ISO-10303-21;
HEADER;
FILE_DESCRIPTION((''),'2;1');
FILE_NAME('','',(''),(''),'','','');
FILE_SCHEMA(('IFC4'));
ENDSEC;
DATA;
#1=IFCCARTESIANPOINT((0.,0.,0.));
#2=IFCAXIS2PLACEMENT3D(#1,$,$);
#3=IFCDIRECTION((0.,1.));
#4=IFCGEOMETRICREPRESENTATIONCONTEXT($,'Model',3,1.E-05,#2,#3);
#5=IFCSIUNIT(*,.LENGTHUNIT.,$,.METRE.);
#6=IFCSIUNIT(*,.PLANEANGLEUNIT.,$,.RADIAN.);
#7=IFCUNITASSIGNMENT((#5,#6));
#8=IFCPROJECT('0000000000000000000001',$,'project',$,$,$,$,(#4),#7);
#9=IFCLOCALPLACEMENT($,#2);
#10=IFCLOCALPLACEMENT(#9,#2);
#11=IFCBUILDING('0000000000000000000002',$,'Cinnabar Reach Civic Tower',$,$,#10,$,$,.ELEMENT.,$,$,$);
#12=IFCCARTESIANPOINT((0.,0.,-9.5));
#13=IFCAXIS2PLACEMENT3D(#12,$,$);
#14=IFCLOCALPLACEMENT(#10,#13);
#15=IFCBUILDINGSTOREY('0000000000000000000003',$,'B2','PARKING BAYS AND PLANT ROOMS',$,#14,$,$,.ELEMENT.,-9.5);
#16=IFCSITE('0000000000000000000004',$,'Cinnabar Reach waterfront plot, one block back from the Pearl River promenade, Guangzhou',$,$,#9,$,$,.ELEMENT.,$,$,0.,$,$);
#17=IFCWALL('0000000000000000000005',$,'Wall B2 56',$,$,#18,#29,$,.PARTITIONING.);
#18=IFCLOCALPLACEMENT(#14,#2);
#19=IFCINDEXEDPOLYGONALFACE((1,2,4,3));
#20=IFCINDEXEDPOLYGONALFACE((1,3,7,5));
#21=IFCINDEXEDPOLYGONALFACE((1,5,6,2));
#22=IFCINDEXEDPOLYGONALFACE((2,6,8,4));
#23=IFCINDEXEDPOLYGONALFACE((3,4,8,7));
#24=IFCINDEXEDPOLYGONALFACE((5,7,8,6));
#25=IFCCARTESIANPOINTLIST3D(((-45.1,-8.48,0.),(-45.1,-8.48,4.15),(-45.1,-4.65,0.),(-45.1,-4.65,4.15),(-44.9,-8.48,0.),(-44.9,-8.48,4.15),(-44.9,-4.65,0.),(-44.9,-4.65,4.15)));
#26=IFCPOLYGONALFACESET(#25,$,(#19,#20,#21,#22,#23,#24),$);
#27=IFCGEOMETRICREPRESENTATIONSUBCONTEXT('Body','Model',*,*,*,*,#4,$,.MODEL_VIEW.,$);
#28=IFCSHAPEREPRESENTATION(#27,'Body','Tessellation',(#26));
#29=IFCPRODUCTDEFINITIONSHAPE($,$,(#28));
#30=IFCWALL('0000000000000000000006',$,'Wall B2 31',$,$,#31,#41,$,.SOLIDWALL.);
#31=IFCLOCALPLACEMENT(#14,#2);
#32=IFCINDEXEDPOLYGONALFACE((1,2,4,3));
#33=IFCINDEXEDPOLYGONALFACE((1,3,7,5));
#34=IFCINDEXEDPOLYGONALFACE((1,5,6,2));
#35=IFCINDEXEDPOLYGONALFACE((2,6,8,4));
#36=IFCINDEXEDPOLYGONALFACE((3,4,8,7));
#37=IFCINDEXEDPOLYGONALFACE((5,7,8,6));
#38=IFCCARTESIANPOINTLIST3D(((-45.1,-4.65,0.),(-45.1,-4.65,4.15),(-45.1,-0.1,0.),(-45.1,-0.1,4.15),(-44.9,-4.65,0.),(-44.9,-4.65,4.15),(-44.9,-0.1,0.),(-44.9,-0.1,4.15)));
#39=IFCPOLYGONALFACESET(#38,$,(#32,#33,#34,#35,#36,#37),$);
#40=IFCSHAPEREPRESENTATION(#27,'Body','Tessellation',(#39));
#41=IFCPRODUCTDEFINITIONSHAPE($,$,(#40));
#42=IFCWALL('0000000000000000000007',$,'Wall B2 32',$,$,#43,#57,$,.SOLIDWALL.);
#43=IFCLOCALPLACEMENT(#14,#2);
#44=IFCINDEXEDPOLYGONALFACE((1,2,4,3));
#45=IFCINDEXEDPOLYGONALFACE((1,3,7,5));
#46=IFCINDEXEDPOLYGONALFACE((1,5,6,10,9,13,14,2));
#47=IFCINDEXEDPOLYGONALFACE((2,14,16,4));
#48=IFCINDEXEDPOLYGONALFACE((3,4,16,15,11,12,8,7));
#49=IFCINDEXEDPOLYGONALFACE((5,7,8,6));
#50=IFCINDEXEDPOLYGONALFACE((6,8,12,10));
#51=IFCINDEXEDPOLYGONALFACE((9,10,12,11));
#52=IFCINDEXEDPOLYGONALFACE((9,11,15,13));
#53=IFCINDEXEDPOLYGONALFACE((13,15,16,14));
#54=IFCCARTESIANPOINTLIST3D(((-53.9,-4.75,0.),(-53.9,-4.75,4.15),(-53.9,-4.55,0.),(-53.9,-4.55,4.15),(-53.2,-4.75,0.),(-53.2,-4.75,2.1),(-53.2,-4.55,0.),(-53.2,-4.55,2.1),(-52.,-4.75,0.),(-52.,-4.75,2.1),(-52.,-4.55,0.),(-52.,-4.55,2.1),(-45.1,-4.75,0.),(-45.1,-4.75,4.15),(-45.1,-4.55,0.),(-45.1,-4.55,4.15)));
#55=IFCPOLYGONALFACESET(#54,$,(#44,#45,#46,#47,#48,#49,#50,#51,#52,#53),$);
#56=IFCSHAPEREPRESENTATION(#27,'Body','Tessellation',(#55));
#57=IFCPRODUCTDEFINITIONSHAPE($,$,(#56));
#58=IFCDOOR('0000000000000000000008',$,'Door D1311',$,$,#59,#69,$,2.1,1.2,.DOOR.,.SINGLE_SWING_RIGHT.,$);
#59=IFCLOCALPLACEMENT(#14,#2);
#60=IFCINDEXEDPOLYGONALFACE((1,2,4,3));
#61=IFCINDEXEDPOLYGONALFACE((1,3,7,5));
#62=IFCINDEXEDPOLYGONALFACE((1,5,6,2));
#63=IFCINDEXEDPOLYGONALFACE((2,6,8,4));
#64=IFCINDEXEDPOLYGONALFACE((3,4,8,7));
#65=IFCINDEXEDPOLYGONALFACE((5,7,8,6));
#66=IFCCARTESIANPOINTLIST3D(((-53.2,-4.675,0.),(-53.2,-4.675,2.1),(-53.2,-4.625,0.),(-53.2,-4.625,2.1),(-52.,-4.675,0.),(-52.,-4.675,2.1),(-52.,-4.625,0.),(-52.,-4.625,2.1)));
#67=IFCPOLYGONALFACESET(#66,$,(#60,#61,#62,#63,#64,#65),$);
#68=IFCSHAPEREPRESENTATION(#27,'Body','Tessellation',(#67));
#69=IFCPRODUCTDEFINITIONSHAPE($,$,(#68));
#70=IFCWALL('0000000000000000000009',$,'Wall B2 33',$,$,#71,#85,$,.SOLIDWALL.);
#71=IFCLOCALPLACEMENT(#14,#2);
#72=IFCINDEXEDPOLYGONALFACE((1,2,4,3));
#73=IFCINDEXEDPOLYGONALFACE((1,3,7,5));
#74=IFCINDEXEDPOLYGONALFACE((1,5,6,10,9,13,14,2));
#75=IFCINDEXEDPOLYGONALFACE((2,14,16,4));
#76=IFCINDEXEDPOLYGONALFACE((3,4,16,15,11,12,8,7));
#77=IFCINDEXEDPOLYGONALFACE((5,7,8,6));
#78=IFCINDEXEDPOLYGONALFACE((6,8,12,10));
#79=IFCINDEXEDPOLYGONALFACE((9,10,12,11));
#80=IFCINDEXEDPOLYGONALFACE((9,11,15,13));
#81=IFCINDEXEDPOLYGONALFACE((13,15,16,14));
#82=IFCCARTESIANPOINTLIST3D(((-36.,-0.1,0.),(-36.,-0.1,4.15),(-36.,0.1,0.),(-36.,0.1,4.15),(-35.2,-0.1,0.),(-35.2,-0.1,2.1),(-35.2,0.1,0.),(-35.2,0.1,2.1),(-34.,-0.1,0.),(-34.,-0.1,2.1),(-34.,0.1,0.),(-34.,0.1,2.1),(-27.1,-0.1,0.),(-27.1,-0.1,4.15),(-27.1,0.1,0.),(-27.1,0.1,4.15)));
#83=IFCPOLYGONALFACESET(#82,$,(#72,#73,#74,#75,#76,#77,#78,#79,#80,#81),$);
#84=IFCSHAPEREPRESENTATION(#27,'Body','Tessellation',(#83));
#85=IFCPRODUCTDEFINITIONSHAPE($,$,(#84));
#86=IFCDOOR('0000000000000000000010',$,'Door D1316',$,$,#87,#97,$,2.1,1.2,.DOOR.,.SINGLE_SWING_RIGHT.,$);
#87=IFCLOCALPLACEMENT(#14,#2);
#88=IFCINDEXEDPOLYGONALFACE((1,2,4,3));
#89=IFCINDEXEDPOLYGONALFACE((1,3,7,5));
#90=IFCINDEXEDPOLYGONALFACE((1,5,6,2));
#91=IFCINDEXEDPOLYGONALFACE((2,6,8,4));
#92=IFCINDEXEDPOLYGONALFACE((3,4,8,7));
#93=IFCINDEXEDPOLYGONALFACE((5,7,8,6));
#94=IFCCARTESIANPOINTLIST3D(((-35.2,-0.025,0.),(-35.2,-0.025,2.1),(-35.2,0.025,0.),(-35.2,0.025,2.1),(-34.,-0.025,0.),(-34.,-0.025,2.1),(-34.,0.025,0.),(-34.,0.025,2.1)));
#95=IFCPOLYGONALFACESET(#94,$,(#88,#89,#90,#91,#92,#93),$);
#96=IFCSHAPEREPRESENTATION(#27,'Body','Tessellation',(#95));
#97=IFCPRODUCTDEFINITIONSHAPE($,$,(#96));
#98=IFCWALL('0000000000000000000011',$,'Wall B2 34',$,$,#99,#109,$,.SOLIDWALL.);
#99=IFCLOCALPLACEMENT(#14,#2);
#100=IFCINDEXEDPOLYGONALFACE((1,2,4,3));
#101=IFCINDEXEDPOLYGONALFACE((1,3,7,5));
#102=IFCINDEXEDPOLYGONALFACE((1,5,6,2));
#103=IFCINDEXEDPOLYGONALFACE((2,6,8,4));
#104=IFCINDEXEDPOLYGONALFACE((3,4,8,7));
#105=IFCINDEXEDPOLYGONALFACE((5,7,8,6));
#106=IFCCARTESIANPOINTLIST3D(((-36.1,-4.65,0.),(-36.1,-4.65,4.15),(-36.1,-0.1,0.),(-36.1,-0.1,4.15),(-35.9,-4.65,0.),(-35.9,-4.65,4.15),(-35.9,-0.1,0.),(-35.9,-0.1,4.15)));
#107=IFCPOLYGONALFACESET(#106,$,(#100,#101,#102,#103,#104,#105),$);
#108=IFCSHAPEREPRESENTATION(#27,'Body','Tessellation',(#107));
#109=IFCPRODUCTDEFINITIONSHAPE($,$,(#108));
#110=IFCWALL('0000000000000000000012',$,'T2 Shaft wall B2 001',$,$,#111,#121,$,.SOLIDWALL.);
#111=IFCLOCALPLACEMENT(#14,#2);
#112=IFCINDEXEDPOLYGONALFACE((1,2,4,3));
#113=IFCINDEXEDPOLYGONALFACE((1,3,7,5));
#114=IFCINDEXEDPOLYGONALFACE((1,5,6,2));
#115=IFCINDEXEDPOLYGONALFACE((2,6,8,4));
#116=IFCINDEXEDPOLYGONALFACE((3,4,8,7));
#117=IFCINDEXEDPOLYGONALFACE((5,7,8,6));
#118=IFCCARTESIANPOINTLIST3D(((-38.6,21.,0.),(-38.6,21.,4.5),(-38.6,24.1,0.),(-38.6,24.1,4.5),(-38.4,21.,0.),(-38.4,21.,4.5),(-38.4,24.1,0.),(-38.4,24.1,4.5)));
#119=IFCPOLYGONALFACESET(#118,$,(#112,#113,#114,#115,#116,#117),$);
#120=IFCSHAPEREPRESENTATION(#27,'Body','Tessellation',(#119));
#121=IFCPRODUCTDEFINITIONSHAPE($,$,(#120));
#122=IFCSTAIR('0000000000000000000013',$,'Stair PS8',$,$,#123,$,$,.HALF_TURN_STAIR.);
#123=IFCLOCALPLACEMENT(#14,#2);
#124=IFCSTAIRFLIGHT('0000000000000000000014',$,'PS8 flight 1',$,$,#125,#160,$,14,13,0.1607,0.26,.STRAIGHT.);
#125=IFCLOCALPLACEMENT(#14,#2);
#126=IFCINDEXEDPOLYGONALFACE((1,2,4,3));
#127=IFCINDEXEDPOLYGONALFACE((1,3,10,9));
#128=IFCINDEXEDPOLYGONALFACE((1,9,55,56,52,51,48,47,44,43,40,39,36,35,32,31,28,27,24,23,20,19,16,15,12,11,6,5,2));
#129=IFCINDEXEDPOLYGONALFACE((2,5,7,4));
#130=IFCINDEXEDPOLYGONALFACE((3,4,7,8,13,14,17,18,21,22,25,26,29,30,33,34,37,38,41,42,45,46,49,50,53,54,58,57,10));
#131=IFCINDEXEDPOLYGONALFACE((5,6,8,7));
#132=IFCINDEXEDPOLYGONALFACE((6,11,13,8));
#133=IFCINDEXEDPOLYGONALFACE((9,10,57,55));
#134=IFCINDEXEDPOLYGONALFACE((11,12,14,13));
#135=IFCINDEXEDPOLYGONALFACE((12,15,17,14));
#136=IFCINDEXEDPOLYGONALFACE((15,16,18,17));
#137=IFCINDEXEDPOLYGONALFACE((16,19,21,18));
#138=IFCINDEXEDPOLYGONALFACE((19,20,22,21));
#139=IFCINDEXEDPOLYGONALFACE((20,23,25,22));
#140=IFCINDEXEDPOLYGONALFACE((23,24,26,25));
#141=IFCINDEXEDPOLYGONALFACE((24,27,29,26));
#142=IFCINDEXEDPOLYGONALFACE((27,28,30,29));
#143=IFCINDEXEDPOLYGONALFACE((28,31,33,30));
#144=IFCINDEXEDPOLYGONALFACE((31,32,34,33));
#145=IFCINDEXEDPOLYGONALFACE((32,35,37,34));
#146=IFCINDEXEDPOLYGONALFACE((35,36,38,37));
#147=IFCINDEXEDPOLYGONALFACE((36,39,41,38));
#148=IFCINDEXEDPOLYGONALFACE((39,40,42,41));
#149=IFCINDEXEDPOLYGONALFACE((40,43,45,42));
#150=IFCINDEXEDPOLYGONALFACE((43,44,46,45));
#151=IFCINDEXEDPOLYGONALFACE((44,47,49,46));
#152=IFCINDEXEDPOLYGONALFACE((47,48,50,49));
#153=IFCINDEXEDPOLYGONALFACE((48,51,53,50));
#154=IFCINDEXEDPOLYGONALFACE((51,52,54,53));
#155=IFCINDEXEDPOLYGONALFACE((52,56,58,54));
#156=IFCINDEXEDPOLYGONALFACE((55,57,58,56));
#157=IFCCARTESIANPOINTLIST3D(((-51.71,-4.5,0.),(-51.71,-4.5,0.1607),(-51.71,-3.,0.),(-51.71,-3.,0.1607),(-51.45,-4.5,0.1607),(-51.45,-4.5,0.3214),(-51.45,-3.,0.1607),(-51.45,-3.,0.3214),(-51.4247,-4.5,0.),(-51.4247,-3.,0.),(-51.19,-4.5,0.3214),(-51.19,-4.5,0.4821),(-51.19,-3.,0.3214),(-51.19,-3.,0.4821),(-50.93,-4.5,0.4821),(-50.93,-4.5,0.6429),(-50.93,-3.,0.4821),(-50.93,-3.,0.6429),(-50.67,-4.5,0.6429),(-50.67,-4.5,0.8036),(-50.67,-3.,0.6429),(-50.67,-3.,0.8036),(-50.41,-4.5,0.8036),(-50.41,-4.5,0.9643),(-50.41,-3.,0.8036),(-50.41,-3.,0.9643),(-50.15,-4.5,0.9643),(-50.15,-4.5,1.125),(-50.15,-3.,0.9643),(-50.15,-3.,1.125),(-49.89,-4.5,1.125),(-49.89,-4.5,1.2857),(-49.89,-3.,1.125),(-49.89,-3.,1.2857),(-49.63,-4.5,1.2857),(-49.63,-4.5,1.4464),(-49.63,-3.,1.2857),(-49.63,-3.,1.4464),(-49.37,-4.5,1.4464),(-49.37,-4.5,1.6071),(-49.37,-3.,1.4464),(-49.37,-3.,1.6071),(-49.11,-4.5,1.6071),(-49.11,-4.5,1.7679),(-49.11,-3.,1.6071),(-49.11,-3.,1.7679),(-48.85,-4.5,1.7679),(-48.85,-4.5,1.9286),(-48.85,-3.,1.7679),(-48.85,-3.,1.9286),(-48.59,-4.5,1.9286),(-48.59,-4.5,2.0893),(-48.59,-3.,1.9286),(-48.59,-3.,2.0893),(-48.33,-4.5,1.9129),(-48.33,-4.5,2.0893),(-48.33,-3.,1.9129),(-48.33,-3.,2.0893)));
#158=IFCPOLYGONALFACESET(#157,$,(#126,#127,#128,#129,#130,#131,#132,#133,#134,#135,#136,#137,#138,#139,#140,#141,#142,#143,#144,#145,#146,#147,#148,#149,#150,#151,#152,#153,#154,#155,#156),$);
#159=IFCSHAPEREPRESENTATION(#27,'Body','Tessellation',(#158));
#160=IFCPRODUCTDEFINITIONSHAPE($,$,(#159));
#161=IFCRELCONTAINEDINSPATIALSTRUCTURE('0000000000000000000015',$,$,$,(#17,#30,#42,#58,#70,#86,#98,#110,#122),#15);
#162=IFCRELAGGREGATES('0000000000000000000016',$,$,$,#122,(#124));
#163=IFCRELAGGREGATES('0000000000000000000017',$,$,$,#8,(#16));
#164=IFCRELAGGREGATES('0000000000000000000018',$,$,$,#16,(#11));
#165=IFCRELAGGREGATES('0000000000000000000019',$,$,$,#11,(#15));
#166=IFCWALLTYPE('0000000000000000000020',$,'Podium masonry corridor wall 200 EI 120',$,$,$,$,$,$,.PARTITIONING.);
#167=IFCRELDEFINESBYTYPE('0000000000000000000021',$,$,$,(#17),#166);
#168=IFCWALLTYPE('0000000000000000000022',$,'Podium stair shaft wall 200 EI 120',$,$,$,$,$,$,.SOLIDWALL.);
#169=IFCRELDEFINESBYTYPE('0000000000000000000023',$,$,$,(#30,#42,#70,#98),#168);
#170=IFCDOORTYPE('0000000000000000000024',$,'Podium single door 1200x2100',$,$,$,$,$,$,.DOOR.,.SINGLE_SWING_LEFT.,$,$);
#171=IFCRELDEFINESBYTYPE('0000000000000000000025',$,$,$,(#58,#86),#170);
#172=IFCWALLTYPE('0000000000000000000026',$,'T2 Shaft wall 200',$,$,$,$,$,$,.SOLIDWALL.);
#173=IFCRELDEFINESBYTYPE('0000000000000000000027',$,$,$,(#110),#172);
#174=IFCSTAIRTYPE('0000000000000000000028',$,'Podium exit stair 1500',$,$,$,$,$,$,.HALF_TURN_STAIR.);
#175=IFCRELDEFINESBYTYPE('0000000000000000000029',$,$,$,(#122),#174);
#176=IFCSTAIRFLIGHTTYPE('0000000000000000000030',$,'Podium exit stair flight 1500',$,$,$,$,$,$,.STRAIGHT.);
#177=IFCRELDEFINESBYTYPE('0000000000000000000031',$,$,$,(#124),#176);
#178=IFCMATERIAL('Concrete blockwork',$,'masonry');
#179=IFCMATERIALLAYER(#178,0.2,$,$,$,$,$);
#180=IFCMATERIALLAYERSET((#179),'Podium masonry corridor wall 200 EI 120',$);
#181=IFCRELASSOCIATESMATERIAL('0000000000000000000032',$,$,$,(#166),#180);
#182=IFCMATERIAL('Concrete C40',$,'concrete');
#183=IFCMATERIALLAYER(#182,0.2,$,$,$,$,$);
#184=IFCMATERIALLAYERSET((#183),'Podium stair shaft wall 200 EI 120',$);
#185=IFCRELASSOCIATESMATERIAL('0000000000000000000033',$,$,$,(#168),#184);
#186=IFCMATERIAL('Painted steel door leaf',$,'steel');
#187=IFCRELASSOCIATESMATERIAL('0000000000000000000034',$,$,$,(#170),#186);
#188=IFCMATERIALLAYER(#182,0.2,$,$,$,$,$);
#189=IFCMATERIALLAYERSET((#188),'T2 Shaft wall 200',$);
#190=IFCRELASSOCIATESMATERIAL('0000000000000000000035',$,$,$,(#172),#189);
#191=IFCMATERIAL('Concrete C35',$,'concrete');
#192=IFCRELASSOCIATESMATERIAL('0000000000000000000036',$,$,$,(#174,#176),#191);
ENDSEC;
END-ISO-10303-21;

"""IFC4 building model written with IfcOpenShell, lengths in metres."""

from ifc_helpers import new_model, si_unit, direction, frame, frame_2d, origin, place, context, subcontext, project, spatial, polyline, rectangle, outline, extrude, material, layer, layer_set, type_object, element, fill, aggregate, save


model = new_model("IFC4")

# Units and contexts
model_context = context("Model", 3, precision=1e-05, world=origin(), true_north=direction((0.0, 1.0)))
body_context = subcontext(model_context, "Body", "Model", "MODEL_VIEW")
ifc_project = project(units=[si_unit("LENGTHUNIT", "METRE"), si_unit("PLANEANGLEUNIT", "RADIAN")], contexts=[model_context])

# Site, building, storey
site_placement = place(None, origin())
site = spatial("IfcSite", under=ifc_project, at=site_placement, Name="Cinnabar Reach waterfront plot, one block back from the Pearl River promenade, Guangzhou", CompositionType="ELEMENT", RefElevation=0.0)
building_placement = place(site_placement, origin())
building = spatial("IfcBuilding", under=site, at=building_placement, Name="Cinnabar Reach Civic Tower", CompositionType="ELEMENT")
storey_placement = place(building_placement, frame((0.0, 0.0, -9.5)))
storey = spatial("IfcBuildingStorey", under=building, at=storey_placement, Name="B2", Description="PARKING BAYS AND PLANT ROOMS", CompositionType="ELEMENT", Elevation=-9.5)

# Shared definitions
ifc_material_1 = material(Name="Concrete blockwork", Category="masonry")
ifc_layer_1 = layer(ifc_material_1, 0.2)
ifc_layer_set_1 = layer_set([ifc_layer_1], Name="Podium masonry corridor wall 200 EI 120")
wall_type_1 = type_object("IfcWallType", Name="Podium masonry corridor wall 200 EI 120", PredefinedType="PARTITIONING", material=ifc_layer_set_1)
ifc_material_2 = material(Name="Painted steel door leaf", Category="steel")

# Walls
wall_1_placement = place(storey_placement, frame((-45.0, -8.48, 0.0), z_axis=(0.0, 0.0, 1.0), x_axis=(0.0, 1.0, 0.0)))
element("IfcWall", 1, at=wall_1_placement, inside=storey, type_object=wall_type_1, Name="Wall B2 56", PredefinedType="PARTITIONING", context=body_context, shape_type="SweptSolid", body=[
    extrude(rectangle(XDim=3.83, YDim=0.2, at=frame_2d((1.915, 0.0))), origin(), (0.0, 0.0, 1.0), 4.15),
])
ifc_material_3 = material(Name="Concrete C40", Category="concrete")
ifc_layer_2 = layer(ifc_material_3, 0.2)
ifc_layer_set_2 = layer_set([ifc_layer_2], Name="Podium stair shaft wall 200 EI 120")
wall_type_2 = type_object("IfcWallType", Name="Podium stair shaft wall 200 EI 120", PredefinedType="SOLIDWALL", material=ifc_layer_set_2)
wall_2_placement = place(storey_placement, frame((-45.0, -4.65, 0.0), z_axis=(0.0, 0.0, 1.0), x_axis=(0.0, 1.0, 0.0)))
element("IfcWall", 2, at=wall_2_placement, inside=storey, type_object=wall_type_2, Name="Wall B2 31", PredefinedType="SOLIDWALL", context=body_context, shape_type="SweptSolid", body=[
    extrude(rectangle(XDim=4.55, YDim=0.2, at=frame_2d((2.275, 0.0))), origin(), (0.0, 0.0, 1.0), 4.15),
])

# Walls, openings, doors
wall_3_placement = place(storey_placement, frame((-53.9, -4.65, 0.0), z_axis=(0.0, 0.0, 1.0), x_axis=(1.0, 0.0, 0.0)))
wall_3 = element("IfcWall", 3, at=wall_3_placement, inside=storey, type_object=wall_type_2, Name="Wall B2 32", PredefinedType="SOLIDWALL", context=body_context, shape_type="SweptSolid", body=[
    extrude(rectangle(XDim=8.8, YDim=0.2, at=frame_2d((4.4, 0.0))), origin(), (0.0, 0.0, 1.0), 4.15),
])
opening_1_placement = place(wall_3_placement, frame((0.7, 0.0, 0.0)))
opening_1 = element("IfcOpeningElement", 4, at=opening_1_placement, cuts=wall_3, PredefinedType="OPENING", context=body_context, shape_type="SweptSolid", body=[
    extrude(rectangle(XDim=1.2, YDim=2.1, at=frame_2d((0.6, 1.05))), frame((0.0, 0.11, 0.0), z_axis=(0.0, -1.0, 0.0), x_axis=(1.0, 0.0, 0.0)), (0.0, 0.0, 1.0), 0.22),
])
door_type_1 = type_object("IfcDoorType", Name="Podium single door 1200x2100", OperationType="SINGLE_SWING_LEFT", PredefinedType="DOOR", material=ifc_material_2)
door_1_placement = place(opening_1_placement, origin())
door_1 = element("IfcDoor", 5, at=door_1_placement, inside=storey, type_object=door_type_1, Name="Door D1311", OperationType="SINGLE_SWING_RIGHT", OverallHeight=2.1, OverallWidth=1.2, PredefinedType="DOOR", context=body_context, shape_type="SweptSolid", body=[
    extrude(rectangle(XDim=1.2, YDim=2.1, at=frame_2d((0.6, 1.05))), frame((0.0, 0.025, 0.0), z_axis=(0.0, -1.0, 0.0), x_axis=(1.0, 0.0, 0.0)), (0.0, 0.0, 1.0), 0.05),
])
fill(opening_1, door_1)
wall_4_placement = place(storey_placement, frame((-36.0, 0.0, 0.0), z_axis=(0.0, 0.0, 1.0), x_axis=(1.0, 0.0, 0.0)))
wall_4 = element("IfcWall", 6, at=wall_4_placement, inside=storey, type_object=wall_type_2, Name="Wall B2 33", PredefinedType="SOLIDWALL", context=body_context, shape_type="SweptSolid", body=[
    extrude(rectangle(XDim=8.9, YDim=0.2, at=frame_2d((4.45, 0.0))), origin(), (0.0, 0.0, 1.0), 4.15),
])
opening_2_placement = place(wall_4_placement, frame((0.8, 0.0, 0.0)))
opening_2 = element("IfcOpeningElement", 7, at=opening_2_placement, cuts=wall_4, PredefinedType="OPENING", context=body_context, shape_type="SweptSolid", body=[
    extrude(rectangle(XDim=1.2, YDim=2.1, at=frame_2d((0.6, 1.05))), frame((0.0, 0.11, 0.0), z_axis=(0.0, -1.0, 0.0), x_axis=(1.0, 0.0, 0.0)), (0.0, 0.0, 1.0), 0.22),
])
door_2_placement = place(opening_2_placement, frame((1.2, 0.0, 0.0), z_axis=(0.0, 0.0, 1.0), x_axis=(-1.0, 0.0, 0.0)))
door_2 = element("IfcDoor", 8, at=door_2_placement, inside=storey, type_object=door_type_1, Name="Door D1316", OperationType="SINGLE_SWING_RIGHT", OverallHeight=2.1, OverallWidth=1.2, PredefinedType="DOOR", context=body_context, shape_type="SweptSolid", body=[
    extrude(rectangle(XDim=1.2, YDim=2.1, at=frame_2d((0.6, 1.05))), frame((0.0, 0.025, 0.0), z_axis=(0.0, -1.0, 0.0), x_axis=(1.0, 0.0, 0.0)), (0.0, 0.0, 1.0), 0.05),
])
fill(opening_2, door_2)

# Walls
wall_5_placement = place(storey_placement, frame((-36.0, -4.65, 0.0), z_axis=(0.0, 0.0, 1.0), x_axis=(0.0, 1.0, 0.0)))
element("IfcWall", 9, at=wall_5_placement, inside=storey, type_object=wall_type_2, Name="Wall B2 34", PredefinedType="SOLIDWALL", context=body_context, shape_type="SweptSolid", body=[
    extrude(rectangle(XDim=4.55, YDim=0.2, at=frame_2d((2.275, 0.0))), origin(), (0.0, 0.0, 1.0), 4.15),
])
ifc_layer_3 = layer(ifc_material_3, 0.2)
ifc_layer_set_3 = layer_set([ifc_layer_3], Name="T2 Shaft wall 200")
wall_type_3 = type_object("IfcWallType", Name="T2 Shaft wall 200", PredefinedType="SOLIDWALL", material=ifc_layer_set_3)
wall_6_placement = place(storey_placement, frame((-38.5, 21.0, 0.0), z_axis=(0.0, 0.0, 1.0), x_axis=(0.0, 1.0, 0.0)))
element("IfcWall", 10, at=wall_6_placement, inside=storey, type_object=wall_type_3, Name="T2 Shaft wall B2 001", PredefinedType="SOLIDWALL", context=body_context, shape_type="SweptSolid", body=[
    extrude(rectangle(XDim=3.1, YDim=0.2, at=frame_2d((1.55, 0.0))), origin(), (0.0, 0.0, 1.0), 4.5),
])

# Stair, stair flight
ifc_material_4 = material(Name="Concrete C35", Category="concrete")
stair_type = type_object("IfcStairType", Name="Podium exit stair 1500", PredefinedType="HALF_TURN_STAIR", material=ifc_material_4)
stair_placement = place(storey_placement, origin())
stair = element("IfcStair", 11, at=stair_placement, inside=storey, type_object=stair_type, Name="Stair PS8", PredefinedType="HALF_TURN_STAIR")
stair_flight_type = type_object("IfcStairFlightType", Name="Podium exit stair flight 1500", PredefinedType="STRAIGHT", material=ifc_material_4)
stair_flight_1_placement = place(storey_placement, frame((-51.71, -3.75, 0.0), z_axis=(0.0, 0.0, 1.0), x_axis=(1.0, 0.0, 0.0)))
stair_flight_1 = element("IfcStairFlight", 12, at=stair_flight_1_placement, type_object=stair_flight_type, Name="PS8 flight 1", NumberOfRisers=14, NumberOfTreads=13, PredefinedType="STRAIGHT", RiserHeight=0.1607, TreadLength=0.26, context=body_context, shape_type="SweptSolid", body=[
    extrude(outline(polyline([(0.0, 0.0), (0.0, 0.1607), (0.26, 0.1607), (0.26, 0.3214), (0.52, 0.3214), (0.52, 0.4821), (0.78, 0.4821), (0.78, 0.6429), (1.04, 0.6429), (1.04, 0.8036), (1.3, 0.8036), (1.3, 0.9643), (1.56, 0.9643), (1.56, 1.125), (1.82, 1.125), (1.82, 1.2857), (2.08, 1.2857), (2.08, 1.4464), (2.34, 1.4464), (2.34, 1.6071), (2.6, 1.6071), (2.6, 1.7679), (2.86, 1.7679), (2.86, 1.9286), (3.12, 1.9286), (3.12, 2.0893), (3.38, 2.0893), (3.38, 2.25), (3.38, 1.9129), (0.2853, 0.0), (0.0, 0.0)])), frame((0.0, 0.75, 0.0), z_axis=(0.0, -1.0, 0.0), x_axis=(1.0, 0.0, 0.0)), (0.0, 0.0, 1.0), 1.5),
])
aggregate(stair, [stair_flight_1])

save(model, "model.ifc")
